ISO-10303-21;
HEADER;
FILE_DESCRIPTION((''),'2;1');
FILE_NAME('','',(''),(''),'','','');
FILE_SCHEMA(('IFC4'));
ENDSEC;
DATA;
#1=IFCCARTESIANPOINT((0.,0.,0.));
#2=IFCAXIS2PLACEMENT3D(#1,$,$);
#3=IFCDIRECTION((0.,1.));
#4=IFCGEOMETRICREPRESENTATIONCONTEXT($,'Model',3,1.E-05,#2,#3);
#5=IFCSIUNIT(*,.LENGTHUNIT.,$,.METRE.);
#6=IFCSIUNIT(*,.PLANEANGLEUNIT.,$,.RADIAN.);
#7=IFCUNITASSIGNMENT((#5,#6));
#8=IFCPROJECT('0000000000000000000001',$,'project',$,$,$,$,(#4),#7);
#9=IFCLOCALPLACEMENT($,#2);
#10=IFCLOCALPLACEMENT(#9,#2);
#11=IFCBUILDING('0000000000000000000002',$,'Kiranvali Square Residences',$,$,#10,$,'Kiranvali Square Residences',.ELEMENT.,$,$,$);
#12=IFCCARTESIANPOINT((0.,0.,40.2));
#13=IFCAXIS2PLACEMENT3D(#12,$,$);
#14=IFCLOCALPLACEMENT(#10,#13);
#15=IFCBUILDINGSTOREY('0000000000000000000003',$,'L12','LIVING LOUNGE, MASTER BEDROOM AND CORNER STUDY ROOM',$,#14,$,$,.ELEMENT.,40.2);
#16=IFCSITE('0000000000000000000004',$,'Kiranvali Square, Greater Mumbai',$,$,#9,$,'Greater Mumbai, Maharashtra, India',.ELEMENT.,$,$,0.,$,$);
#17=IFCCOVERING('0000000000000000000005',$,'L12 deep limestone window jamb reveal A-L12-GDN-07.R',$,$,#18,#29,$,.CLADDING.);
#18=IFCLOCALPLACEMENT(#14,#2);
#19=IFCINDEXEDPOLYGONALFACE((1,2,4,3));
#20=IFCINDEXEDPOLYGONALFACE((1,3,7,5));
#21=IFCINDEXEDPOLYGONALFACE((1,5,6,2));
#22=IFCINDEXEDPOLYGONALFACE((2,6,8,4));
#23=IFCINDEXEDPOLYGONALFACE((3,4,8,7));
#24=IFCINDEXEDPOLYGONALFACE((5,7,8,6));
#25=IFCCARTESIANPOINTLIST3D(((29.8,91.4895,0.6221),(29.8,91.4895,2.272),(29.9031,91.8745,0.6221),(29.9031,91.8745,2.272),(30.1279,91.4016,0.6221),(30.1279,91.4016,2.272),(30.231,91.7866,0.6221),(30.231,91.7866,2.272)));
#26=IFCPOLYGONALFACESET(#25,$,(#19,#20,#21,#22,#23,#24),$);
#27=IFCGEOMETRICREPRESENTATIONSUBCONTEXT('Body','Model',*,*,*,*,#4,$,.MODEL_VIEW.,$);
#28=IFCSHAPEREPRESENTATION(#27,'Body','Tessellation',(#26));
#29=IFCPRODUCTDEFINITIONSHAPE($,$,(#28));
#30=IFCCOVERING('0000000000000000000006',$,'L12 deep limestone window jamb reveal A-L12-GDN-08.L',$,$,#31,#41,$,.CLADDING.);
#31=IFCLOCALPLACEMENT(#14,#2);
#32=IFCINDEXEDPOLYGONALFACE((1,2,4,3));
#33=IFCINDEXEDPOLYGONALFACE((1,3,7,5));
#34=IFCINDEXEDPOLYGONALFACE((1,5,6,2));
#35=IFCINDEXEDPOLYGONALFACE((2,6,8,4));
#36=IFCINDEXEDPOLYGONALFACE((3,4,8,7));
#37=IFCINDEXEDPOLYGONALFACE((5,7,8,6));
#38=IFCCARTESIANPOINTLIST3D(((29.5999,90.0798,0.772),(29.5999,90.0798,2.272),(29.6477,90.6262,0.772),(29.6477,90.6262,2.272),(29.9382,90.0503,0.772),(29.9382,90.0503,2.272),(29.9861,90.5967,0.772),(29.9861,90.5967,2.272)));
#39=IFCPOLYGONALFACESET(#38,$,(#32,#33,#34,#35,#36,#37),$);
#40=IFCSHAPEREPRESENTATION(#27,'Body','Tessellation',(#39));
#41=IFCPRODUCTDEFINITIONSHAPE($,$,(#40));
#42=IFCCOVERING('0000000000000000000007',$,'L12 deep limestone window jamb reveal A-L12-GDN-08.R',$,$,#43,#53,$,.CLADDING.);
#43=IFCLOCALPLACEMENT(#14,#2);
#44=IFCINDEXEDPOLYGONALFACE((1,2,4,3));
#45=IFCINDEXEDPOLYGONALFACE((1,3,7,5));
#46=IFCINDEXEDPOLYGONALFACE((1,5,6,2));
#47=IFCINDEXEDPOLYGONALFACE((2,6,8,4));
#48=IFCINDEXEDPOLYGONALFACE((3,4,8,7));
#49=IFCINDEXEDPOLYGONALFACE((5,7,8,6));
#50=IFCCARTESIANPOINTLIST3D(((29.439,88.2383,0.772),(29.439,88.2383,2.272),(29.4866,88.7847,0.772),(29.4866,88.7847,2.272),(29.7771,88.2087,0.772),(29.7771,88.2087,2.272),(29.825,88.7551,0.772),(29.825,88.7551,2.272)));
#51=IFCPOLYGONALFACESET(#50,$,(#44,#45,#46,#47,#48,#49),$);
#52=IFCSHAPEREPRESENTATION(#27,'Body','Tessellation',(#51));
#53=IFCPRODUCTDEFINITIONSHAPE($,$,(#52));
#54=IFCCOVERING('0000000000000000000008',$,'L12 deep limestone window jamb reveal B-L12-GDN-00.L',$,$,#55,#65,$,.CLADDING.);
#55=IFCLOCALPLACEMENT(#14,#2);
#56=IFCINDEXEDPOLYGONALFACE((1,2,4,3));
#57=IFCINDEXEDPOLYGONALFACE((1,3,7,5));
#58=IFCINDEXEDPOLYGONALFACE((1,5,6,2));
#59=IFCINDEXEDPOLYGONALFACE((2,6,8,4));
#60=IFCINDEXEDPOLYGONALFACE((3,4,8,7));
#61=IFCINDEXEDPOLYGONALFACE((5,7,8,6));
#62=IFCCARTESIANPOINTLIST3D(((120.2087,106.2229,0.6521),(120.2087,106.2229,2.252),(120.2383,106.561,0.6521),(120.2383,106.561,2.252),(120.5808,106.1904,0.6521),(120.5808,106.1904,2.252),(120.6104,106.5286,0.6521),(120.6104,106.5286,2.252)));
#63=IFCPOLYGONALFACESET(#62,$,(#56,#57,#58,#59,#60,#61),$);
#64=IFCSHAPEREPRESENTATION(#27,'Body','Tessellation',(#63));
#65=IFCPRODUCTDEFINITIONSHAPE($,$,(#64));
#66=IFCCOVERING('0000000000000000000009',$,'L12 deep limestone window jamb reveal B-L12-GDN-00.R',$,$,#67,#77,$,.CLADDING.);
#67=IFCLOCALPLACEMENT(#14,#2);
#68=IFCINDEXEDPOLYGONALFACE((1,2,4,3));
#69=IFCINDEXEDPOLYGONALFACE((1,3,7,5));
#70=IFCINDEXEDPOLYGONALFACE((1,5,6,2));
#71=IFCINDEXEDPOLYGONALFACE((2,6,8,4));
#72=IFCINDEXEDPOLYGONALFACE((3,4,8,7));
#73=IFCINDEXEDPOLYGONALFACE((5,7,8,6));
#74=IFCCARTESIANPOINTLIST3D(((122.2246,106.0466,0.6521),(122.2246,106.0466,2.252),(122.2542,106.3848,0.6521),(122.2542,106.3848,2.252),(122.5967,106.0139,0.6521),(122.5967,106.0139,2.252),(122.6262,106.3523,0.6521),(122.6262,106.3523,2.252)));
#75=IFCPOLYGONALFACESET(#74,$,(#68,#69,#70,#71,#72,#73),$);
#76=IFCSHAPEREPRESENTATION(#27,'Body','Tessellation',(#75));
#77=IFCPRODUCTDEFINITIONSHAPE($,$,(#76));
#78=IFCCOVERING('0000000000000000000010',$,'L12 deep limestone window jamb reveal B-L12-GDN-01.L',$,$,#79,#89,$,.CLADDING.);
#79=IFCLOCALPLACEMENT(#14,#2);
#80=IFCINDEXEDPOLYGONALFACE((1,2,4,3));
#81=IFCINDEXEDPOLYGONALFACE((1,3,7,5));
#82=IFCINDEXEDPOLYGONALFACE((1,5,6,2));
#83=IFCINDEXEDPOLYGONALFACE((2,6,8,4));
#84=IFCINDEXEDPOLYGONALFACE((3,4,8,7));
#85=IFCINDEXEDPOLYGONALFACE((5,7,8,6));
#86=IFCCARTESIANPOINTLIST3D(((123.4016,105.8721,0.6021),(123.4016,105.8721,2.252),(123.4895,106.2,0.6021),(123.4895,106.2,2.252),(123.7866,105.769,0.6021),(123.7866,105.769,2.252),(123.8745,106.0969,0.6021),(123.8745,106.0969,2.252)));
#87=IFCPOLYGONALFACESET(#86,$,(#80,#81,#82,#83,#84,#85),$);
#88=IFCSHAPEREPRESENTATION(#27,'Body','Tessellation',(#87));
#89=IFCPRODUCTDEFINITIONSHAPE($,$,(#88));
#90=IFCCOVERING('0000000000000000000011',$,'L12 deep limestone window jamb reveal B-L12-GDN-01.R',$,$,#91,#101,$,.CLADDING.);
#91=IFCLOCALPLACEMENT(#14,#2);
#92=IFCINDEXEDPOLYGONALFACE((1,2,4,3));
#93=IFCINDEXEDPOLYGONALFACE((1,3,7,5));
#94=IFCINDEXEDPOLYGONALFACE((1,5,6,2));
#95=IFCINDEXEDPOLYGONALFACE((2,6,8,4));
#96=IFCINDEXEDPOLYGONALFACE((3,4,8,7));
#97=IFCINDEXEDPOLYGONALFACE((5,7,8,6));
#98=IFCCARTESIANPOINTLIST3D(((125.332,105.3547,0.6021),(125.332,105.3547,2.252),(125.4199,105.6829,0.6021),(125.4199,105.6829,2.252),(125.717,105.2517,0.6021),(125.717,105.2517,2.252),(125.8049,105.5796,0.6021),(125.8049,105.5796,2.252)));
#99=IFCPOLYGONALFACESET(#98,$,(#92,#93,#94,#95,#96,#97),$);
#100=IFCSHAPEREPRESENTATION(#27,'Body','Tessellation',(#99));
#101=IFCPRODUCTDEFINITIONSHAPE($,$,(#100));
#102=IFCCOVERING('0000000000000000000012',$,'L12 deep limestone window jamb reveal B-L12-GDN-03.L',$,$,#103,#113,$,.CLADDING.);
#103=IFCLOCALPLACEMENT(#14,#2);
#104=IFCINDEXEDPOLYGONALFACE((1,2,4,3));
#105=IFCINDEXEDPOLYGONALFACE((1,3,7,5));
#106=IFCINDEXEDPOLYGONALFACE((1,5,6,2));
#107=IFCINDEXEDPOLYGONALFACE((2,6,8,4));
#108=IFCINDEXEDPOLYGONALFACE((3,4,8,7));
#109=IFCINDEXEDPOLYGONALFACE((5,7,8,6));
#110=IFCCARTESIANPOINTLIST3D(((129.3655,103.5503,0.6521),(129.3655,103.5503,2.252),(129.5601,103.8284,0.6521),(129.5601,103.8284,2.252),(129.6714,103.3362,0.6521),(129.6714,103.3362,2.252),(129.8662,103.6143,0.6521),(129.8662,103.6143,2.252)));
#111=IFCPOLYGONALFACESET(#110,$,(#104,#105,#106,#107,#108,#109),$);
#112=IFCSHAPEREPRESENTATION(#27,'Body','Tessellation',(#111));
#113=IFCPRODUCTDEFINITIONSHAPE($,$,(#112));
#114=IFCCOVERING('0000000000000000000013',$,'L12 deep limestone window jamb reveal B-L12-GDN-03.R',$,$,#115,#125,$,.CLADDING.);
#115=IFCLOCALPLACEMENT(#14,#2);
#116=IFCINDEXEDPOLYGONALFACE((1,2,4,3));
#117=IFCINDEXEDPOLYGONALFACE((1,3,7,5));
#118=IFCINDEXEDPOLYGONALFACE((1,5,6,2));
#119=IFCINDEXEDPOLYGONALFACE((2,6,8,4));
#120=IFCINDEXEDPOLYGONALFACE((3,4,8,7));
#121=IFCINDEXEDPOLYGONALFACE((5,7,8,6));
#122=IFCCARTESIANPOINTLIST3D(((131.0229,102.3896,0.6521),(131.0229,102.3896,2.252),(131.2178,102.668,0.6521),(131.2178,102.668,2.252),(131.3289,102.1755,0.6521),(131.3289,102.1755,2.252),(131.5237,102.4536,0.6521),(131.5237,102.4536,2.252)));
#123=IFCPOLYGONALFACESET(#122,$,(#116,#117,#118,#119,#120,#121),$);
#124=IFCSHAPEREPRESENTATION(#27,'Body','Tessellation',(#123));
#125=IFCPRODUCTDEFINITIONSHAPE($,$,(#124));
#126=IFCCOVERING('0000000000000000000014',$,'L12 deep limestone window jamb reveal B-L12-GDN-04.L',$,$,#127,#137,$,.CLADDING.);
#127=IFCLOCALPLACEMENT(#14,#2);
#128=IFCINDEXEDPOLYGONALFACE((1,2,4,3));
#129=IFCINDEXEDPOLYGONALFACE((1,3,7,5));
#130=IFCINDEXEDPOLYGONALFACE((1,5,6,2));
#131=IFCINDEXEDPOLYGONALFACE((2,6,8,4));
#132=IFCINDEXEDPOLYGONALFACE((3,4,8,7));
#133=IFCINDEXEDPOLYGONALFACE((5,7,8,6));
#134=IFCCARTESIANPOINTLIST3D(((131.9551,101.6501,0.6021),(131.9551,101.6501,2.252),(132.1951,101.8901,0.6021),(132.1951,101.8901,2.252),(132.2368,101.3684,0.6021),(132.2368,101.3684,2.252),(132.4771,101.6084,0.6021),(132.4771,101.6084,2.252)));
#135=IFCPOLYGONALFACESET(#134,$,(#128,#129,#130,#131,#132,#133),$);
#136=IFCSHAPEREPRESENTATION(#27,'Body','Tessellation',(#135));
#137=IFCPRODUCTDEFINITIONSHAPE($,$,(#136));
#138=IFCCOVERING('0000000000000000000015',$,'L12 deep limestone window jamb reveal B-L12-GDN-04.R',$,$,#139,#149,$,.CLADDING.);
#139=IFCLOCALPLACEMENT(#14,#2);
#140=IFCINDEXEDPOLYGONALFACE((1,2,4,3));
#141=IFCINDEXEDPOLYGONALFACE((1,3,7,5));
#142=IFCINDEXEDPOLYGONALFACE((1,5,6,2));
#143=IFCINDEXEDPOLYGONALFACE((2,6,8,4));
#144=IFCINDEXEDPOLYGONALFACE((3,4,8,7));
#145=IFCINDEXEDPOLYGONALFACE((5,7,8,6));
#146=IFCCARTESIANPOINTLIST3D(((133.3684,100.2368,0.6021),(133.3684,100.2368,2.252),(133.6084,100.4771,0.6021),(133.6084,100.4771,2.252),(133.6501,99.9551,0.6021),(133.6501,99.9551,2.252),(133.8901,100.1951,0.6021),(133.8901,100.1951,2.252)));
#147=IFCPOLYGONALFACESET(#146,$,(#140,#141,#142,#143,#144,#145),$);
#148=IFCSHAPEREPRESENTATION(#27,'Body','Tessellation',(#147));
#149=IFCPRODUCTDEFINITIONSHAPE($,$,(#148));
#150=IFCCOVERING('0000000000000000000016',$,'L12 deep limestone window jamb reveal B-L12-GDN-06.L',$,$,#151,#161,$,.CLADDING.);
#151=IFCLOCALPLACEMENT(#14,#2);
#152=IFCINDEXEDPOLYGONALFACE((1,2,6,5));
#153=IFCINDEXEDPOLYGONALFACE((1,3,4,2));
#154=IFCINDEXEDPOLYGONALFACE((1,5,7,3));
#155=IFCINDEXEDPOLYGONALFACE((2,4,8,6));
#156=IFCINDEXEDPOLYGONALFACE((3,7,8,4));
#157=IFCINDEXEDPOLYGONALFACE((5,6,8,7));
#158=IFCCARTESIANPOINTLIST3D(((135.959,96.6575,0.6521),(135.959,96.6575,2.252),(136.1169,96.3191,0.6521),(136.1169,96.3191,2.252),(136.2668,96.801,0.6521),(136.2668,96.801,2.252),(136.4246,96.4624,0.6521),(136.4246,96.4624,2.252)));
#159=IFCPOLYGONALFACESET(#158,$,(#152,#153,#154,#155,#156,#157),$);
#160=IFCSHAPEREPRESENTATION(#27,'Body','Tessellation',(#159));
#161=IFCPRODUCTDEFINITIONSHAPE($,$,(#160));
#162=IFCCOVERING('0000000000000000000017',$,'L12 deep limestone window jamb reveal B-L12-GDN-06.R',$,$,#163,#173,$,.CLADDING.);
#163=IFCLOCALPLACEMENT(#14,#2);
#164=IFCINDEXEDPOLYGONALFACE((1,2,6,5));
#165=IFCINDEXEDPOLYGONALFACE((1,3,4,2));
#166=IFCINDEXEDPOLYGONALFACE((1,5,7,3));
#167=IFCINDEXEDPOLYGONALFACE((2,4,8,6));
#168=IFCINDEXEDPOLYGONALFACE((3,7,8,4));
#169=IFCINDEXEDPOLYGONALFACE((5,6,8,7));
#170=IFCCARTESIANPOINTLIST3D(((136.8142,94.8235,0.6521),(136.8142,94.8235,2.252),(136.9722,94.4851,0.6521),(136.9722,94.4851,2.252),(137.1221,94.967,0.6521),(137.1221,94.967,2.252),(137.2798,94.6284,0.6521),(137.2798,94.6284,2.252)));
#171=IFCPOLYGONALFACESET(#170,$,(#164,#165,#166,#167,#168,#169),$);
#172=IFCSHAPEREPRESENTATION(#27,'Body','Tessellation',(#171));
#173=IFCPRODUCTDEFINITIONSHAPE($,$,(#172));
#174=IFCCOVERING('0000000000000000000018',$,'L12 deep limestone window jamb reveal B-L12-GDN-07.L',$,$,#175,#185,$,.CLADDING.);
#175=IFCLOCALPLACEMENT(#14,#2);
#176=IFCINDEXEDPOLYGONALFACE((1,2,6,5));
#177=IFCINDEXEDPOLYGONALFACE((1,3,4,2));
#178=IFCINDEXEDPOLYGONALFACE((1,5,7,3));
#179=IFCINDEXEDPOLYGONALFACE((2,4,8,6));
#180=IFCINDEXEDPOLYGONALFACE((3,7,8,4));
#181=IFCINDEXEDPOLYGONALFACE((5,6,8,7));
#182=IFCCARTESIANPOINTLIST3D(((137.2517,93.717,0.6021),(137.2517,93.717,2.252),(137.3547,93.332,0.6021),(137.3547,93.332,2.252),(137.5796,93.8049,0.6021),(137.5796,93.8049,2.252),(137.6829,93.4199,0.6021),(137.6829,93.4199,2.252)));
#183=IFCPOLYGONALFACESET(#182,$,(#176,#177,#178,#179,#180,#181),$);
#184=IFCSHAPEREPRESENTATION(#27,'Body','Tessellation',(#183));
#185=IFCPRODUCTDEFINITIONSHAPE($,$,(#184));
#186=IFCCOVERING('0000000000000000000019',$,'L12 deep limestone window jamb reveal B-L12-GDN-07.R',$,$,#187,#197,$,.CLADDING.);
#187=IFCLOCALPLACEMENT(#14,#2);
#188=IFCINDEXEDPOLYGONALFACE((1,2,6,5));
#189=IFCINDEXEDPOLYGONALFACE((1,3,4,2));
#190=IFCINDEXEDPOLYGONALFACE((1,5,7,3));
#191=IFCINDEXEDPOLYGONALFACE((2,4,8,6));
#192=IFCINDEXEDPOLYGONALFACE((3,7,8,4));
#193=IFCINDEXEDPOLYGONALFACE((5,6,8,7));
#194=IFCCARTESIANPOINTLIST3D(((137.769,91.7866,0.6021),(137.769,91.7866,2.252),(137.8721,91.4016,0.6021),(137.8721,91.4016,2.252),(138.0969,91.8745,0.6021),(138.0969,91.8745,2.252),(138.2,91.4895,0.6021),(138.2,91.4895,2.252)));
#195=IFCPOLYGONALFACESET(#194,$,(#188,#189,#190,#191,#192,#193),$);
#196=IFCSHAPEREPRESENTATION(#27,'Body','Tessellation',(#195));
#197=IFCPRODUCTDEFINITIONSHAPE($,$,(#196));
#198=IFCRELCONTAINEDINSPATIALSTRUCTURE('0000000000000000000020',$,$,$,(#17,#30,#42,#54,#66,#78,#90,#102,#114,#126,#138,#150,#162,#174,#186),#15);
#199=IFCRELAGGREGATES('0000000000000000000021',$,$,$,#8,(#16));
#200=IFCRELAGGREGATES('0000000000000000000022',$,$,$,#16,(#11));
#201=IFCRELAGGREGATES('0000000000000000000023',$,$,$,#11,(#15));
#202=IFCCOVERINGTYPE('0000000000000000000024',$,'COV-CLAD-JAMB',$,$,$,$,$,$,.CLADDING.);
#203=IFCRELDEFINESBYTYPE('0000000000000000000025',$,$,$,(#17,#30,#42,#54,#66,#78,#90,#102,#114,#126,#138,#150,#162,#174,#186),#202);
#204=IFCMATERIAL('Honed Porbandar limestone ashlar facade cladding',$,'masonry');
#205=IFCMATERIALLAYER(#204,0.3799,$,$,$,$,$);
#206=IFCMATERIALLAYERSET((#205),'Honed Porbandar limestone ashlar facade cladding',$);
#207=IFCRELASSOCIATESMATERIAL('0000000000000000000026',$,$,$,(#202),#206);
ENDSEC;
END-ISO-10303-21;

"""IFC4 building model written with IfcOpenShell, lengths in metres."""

from ifc_helpers import new_model, si_unit, direction, frame, origin, place, context, subcontext, project, spatial, polyline, outline, extrude, material, layer, layer_set, type_object, element, save


model = new_model("IFC4")

# Units and contexts
model_context = context("Model", 3, precision=1e-05, world=origin(), true_north=direction((0.0, 1.0)))
body_context = subcontext(model_context, "Body", "Model", "MODEL_VIEW")
ifc_project = project(units=[si_unit("LENGTHUNIT", "METRE"), si_unit("PLANEANGLEUNIT", "RADIAN")], contexts=[model_context])

# Site, building, storey
site_placement = place(None, origin())
site = spatial("IfcSite", under=ifc_project, at=site_placement, Name="Kiranvali Square, Greater Mumbai", LongName="Greater Mumbai, Maharashtra, India", CompositionType="ELEMENT", RefElevation=0.0)
building_placement = place(site_placement, origin())
building = spatial("IfcBuilding", under=site, at=building_placement, Name="Kiranvali Square Residences", LongName="Kiranvali Square Residences", CompositionType="ELEMENT")
storey_placement = place(building_placement, frame((0.0, 0.0, 40.2)))
storey = spatial("IfcBuildingStorey", under=building, at=storey_placement, Name="L12", Description="LIVING LOUNGE, MASTER BEDROOM AND CORNER STUDY ROOM", CompositionType="ELEMENT", Elevation=40.2)

# Coverings
ifc_material = material(Name="Honed Porbandar limestone ashlar facade cladding", Category="masonry")
ifc_layer_1 = layer(ifc_material, 0.3799)
ifc_layer_set_1 = layer_set([ifc_layer_1], Name="Honed Porbandar limestone ashlar facade cladding")
covering_type_1 = type_object("IfcCoveringType", Name="COV-CLAD-JAMB", PredefinedType="CLADDING", material=ifc_layer_set_1)
covering_1_placement = place(storey_placement, frame((0.0, 0.0, 0.6221)))
element("IfcCovering", 1, at=covering_1_placement, inside=storey, type_object=covering_type_1, Name="L12 deep limestone window jamb reveal A-L12-GDN-07.R", PredefinedType="CLADDING", context=body_context, shape_type="SweptSolid", body=[
    extrude(outline(polyline([(29.9031, 91.8745), (29.8, 91.4895), (30.1279, 91.4016), (30.231, 91.7866), (29.9031, 91.8745)])), origin(), (0.0, 0.0, 1.0), 1.6499),
])
covering_2_placement = place(storey_placement, frame((0.0, 0.0, 0.772)))
element("IfcCovering", 2, at=covering_2_placement, inside=storey, type_object=covering_type_1, Name="L12 deep limestone window jamb reveal A-L12-GDN-08.L", PredefinedType="CLADDING", context=body_context, shape_type="SweptSolid", body=[
    extrude(outline(polyline([(29.6477, 90.6262), (29.5999, 90.0798), (29.9382, 90.0503), (29.9861, 90.5967), (29.6477, 90.6262)])), origin(), (0.0, 0.0, 1.0), 1.5),
])
covering_3_placement = place(storey_placement, frame((0.0, 0.0, 0.772)))
element("IfcCovering", 3, at=covering_3_placement, inside=storey, type_object=covering_type_1, Name="L12 deep limestone window jamb reveal A-L12-GDN-08.R", PredefinedType="CLADDING", context=body_context, shape_type="SweptSolid", body=[
    extrude(outline(polyline([(29.4866, 88.7847), (29.439, 88.2383), (29.7771, 88.2087), (29.825, 88.7551), (29.4866, 88.7847)])), origin(), (0.0, 0.0, 1.0), 1.5),
])
covering_4_placement = place(storey_placement, frame((0.0, 0.0, 0.6521)))
element("IfcCovering", 4, at=covering_4_placement, inside=storey, type_object=covering_type_1, Name="L12 deep limestone window jamb reveal B-L12-GDN-00.L", PredefinedType="CLADDING", context=body_context, shape_type="SweptSolid", body=[
    extrude(outline(polyline([(120.2087, 106.2229), (120.5808, 106.1904), (120.6104, 106.5286), (120.2383, 106.561), (120.2087, 106.2229)])), origin(), (0.0, 0.0, 1.0), 1.5999),
])
covering_5_placement = place(storey_placement, frame((0.0, 0.0, 0.6521)))
element("IfcCovering", 5, at=covering_5_placement, inside=storey, type_object=covering_type_1, Name="L12 deep limestone window jamb reveal B-L12-GDN-00.R", PredefinedType="CLADDING", context=body_context, shape_type="SweptSolid", body=[
    extrude(outline(polyline([(122.2246, 106.0466), (122.5967, 106.0139), (122.6262, 106.3523), (122.2542, 106.3848), (122.2246, 106.0466)])), origin(), (0.0, 0.0, 1.0), 1.5999),
])
covering_6_placement = place(storey_placement, frame((0.0, 0.0, 0.6021)))
element("IfcCovering", 6, at=covering_6_placement, inside=storey, type_object=covering_type_1, Name="L12 deep limestone window jamb reveal B-L12-GDN-01.L", PredefinedType="CLADDING", context=body_context, shape_type="SweptSolid", body=[
    extrude(outline(polyline([(123.4016, 105.8721), (123.7866, 105.769), (123.8745, 106.0969), (123.4895, 106.2), (123.4016, 105.8721)])), origin(), (0.0, 0.0, 1.0), 1.6499),
])
covering_7_placement = place(storey_placement, frame((0.0, 0.0, 0.6021)))
element("IfcCovering", 7, at=covering_7_placement, inside=storey, type_object=covering_type_1, Name="L12 deep limestone window jamb reveal B-L12-GDN-01.R", PredefinedType="CLADDING", context=body_context, shape_type="SweptSolid", body=[
    extrude(outline(polyline([(125.332, 105.3547), (125.717, 105.2517), (125.8049, 105.5796), (125.4199, 105.6829), (125.332, 105.3547)])), origin(), (0.0, 0.0, 1.0), 1.6499),
])
covering_8_placement = place(storey_placement, frame((0.0, 0.0, 0.6521)))
element("IfcCovering", 8, at=covering_8_placement, inside=storey, type_object=covering_type_1, Name="L12 deep limestone window jamb reveal B-L12-GDN-03.L", PredefinedType="CLADDING", context=body_context, shape_type="SweptSolid", body=[
    extrude(outline(polyline([(129.3655, 103.5503), (129.6714, 103.3362), (129.8662, 103.6143), (129.5601, 103.8284), (129.3655, 103.5503)])), origin(), (0.0, 0.0, 1.0), 1.5999),
])
covering_9_placement = place(storey_placement, frame((0.0, 0.0, 0.6521)))
element("IfcCovering", 9, at=covering_9_placement, inside=storey, type_object=covering_type_1, Name="L12 deep limestone window jamb reveal B-L12-GDN-03.R", PredefinedType="CLADDING", context=body_context, shape_type="SweptSolid", body=[
    extrude(outline(polyline([(131.0229, 102.3896), (131.3289, 102.1755), (131.5237, 102.4536), (131.2178, 102.668), (131.0229, 102.3896)])), origin(), (0.0, 0.0, 1.0), 1.5999),
])
covering_10_placement = place(storey_placement, frame((0.0, 0.0, 0.6021)))
element("IfcCovering", 10, at=covering_10_placement, inside=storey, type_object=covering_type_1, Name="L12 deep limestone window jamb reveal B-L12-GDN-04.L", PredefinedType="CLADDING", context=body_context, shape_type="SweptSolid", body=[
    extrude(outline(polyline([(131.9551, 101.6501), (132.2368, 101.3684), (132.4771, 101.6084), (132.1951, 101.8901), (131.9551, 101.6501)])), origin(), (0.0, 0.0, 1.0), 1.6499),
])
covering_11_placement = place(storey_placement, frame((0.0, 0.0, 0.6021)))
element("IfcCovering", 11, at=covering_11_placement, inside=storey, type_object=covering_type_1, Name="L12 deep limestone window jamb reveal B-L12-GDN-04.R", PredefinedType="CLADDING", context=body_context, shape_type="SweptSolid", body=[
    extrude(outline(polyline([(133.3684, 100.2368), (133.6501, 99.9551), (133.8901, 100.1951), (133.6084, 100.4771), (133.3684, 100.2368)])), origin(), (0.0, 0.0, 1.0), 1.6499),
])
covering_12_placement = place(storey_placement, frame((0.0, 0.0, 0.6521)))
element("IfcCovering", 12, at=covering_12_placement, inside=storey, type_object=covering_type_1, Name="L12 deep limestone window jamb reveal B-L12-GDN-06.L", PredefinedType="CLADDING", context=body_context, shape_type="SweptSolid", body=[
    extrude(outline(polyline([(135.959, 96.6575), (136.1169, 96.3191), (136.4246, 96.4624), (136.2668, 96.801), (135.959, 96.6575)])), origin(), (0.0, 0.0, 1.0), 1.5999),
])
covering_13_placement = place(storey_placement, frame((0.0, 0.0, 0.6521)))
element("IfcCovering", 13, at=covering_13_placement, inside=storey, type_object=covering_type_1, Name="L12 deep limestone window jamb reveal B-L12-GDN-06.R", PredefinedType="CLADDING", context=body_context, shape_type="SweptSolid", body=[
    extrude(outline(polyline([(136.8142, 94.8235), (136.9722, 94.4851), (137.2798, 94.6284), (137.1221, 94.967), (136.8142, 94.8235)])), origin(), (0.0, 0.0, 1.0), 1.5999),
])
covering_14_placement = place(storey_placement, frame((0.0, 0.0, 0.6021)))
element("IfcCovering", 14, at=covering_14_placement, inside=storey, type_object=covering_type_1, Name="L12 deep limestone window jamb reveal B-L12-GDN-07.L", PredefinedType="CLADDING", context=body_context, shape_type="SweptSolid", body=[
    extrude(outline(polyline([(137.2517, 93.717), (137.3547, 93.332), (137.6829, 93.4199), (137.5796, 93.8049), (137.2517, 93.717)])), origin(), (0.0, 0.0, 1.0), 1.6499),
])
covering_15_placement = place(storey_placement, frame((0.0, 0.0, 0.6021)))
element("IfcCovering", 15, at=covering_15_placement, inside=storey, type_object=covering_type_1, Name="L12 deep limestone window jamb reveal B-L12-GDN-07.R", PredefinedType="CLADDING", context=body_context, shape_type="SweptSolid", body=[
    extrude(outline(polyline([(137.769, 91.7866), (137.8721, 91.4016), (138.2, 91.4895), (138.0969, 91.8745), (137.769, 91.7866)])), origin(), (0.0, 0.0, 1.0), 1.6499),
])

save(model, "model.ifc")
